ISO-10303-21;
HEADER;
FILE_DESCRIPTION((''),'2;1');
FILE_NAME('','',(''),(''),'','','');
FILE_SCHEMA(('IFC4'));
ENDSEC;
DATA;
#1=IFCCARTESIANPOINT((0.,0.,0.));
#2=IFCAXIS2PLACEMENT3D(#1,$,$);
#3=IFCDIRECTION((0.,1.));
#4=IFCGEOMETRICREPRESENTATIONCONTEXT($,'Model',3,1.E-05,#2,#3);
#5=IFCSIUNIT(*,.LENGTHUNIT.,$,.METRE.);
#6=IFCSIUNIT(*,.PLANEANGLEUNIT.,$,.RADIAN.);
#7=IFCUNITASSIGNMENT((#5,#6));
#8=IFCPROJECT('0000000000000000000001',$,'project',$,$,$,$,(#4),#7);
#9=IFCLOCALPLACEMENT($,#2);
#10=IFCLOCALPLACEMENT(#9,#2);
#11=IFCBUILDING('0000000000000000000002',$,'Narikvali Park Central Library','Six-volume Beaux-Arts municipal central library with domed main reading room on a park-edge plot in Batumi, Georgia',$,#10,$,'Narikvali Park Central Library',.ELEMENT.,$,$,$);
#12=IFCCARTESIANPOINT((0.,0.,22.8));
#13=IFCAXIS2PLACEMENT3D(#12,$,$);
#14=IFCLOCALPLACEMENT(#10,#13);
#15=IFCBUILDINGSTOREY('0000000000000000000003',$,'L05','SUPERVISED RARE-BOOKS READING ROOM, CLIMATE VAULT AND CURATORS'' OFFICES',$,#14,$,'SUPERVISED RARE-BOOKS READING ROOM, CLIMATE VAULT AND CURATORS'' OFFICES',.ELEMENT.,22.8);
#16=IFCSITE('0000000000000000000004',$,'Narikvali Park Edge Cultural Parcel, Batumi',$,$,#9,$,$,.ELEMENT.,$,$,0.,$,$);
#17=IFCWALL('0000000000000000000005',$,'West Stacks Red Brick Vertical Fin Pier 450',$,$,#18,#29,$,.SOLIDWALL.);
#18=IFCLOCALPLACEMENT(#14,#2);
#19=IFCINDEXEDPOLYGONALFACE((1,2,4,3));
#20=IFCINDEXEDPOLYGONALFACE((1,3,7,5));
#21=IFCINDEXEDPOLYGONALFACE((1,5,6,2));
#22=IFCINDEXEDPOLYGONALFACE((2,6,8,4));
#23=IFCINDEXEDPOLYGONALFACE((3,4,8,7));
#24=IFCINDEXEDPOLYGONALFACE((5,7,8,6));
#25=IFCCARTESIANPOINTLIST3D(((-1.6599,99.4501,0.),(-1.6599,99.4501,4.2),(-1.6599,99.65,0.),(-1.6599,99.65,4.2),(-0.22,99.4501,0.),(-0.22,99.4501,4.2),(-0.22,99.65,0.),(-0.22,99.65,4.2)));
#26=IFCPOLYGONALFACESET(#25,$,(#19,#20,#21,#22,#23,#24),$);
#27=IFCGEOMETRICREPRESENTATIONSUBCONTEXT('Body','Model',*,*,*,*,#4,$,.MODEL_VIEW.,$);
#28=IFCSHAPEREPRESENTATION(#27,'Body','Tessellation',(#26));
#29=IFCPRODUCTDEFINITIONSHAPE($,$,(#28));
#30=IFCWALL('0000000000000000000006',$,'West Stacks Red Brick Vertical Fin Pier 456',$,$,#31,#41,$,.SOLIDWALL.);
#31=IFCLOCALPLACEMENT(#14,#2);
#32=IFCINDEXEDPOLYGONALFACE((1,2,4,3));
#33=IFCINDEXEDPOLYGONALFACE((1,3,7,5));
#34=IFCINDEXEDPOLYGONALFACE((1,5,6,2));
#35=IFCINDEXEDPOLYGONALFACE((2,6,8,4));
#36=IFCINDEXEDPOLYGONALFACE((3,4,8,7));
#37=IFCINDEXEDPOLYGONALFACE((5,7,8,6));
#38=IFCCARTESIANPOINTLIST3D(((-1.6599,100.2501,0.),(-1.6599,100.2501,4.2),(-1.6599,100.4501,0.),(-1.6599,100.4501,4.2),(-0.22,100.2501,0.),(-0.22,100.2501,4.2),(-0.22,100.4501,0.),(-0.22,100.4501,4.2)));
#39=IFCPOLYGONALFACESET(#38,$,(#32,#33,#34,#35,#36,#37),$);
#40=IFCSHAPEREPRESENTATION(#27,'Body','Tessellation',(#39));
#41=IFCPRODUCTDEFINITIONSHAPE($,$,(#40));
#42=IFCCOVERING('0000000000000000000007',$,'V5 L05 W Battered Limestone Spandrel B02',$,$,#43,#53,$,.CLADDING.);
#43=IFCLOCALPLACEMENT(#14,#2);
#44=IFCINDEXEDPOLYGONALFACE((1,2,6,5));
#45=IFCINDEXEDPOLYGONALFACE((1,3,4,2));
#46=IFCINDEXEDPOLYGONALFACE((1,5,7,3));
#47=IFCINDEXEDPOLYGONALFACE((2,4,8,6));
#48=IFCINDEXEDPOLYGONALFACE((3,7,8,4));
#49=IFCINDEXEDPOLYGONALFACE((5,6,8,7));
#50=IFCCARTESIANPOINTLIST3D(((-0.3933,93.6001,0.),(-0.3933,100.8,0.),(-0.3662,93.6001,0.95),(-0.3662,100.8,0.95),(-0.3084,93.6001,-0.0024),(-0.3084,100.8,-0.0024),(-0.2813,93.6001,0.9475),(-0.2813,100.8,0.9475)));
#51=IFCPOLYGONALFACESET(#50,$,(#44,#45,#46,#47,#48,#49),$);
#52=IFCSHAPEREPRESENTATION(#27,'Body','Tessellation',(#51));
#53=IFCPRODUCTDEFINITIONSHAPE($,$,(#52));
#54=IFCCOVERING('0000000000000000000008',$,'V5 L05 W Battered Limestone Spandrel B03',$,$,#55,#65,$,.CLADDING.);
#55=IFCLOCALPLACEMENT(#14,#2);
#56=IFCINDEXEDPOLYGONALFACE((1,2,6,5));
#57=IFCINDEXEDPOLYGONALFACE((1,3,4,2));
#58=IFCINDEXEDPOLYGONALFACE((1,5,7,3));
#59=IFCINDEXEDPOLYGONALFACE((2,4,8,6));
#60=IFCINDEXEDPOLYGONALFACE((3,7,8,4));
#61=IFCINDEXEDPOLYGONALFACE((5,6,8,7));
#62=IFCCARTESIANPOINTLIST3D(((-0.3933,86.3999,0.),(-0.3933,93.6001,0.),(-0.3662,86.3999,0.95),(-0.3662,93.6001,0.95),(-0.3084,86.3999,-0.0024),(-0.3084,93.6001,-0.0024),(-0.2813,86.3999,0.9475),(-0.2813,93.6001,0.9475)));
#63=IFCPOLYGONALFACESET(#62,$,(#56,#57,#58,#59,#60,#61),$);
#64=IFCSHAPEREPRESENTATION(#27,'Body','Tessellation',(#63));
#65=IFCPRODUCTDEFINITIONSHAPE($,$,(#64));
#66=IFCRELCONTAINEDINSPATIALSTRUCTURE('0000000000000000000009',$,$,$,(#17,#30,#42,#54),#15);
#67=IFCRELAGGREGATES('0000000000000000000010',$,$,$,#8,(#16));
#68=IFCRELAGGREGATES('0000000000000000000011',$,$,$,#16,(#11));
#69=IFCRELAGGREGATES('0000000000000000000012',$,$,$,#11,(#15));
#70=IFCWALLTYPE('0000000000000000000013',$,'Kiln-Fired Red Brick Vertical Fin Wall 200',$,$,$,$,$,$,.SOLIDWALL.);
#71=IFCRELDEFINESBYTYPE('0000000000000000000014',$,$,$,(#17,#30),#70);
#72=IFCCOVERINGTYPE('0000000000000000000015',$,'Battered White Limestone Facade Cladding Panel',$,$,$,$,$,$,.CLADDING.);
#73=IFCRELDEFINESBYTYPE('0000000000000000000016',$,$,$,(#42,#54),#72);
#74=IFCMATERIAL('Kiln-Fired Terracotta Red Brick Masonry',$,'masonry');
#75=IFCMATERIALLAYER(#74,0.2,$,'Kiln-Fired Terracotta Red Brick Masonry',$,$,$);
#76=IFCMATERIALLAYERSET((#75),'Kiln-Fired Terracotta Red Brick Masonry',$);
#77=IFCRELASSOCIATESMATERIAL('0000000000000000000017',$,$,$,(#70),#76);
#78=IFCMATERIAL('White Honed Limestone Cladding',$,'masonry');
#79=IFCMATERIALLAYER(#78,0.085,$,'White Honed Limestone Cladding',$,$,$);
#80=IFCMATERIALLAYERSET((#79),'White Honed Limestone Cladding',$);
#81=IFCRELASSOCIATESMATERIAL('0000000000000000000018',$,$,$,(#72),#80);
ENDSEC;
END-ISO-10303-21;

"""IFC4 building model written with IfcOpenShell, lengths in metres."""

from ifc_helpers import new_model, si_unit, direction, frame, frame_2d, origin, place, context, subcontext, project, spatial, polyline, rectangle, outline, extrude, material, layer, layer_set, type_object, element, save


model = new_model("IFC4")

# Units and contexts
model_context = context("Model", 3, precision=1e-05, world=origin(), true_north=direction((0.0, 1.0)))
body_context = subcontext(model_context, "Body", "Model", "MODEL_VIEW")
ifc_project = project(units=[si_unit("LENGTHUNIT", "METRE"), si_unit("PLANEANGLEUNIT", "RADIAN")], contexts=[model_context])

# Site, building, storey
site_placement = place(None, origin())
site = spatial("IfcSite", under=ifc_project, at=site_placement, Name="Narikvali Park Edge Cultural Parcel, Batumi", CompositionType="ELEMENT", RefElevation=0.0)
building_placement = place(site_placement, origin())
building = spatial("IfcBuilding", under=site, at=building_placement, Name="Narikvali Park Central Library", Description="Six-volume Beaux-Arts municipal central library with domed main reading room on a park-edge plot in Batumi, Georgia", LongName="Narikvali Park Central Library", CompositionType="ELEMENT")
storey_placement = place(building_placement, frame((0.0, 0.0, 22.8)))
storey = spatial("IfcBuildingStorey", under=building, at=storey_placement, Name="L05", Description="SUPERVISED RARE-BOOKS READING ROOM, CLIMATE VAULT AND CURATORS' OFFICES", LongName="SUPERVISED RARE-BOOKS READING ROOM, CLIMATE VAULT AND CURATORS' OFFICES", CompositionType="ELEMENT", Elevation=22.8)

# Walls
ifc_material_1 = material(Name="Kiln-Fired Terracotta Red Brick Masonry", Category="masonry")
ifc_layer_1 = layer(ifc_material_1, 0.2, Name="Kiln-Fired Terracotta Red Brick Masonry")
ifc_layer_set_1 = layer_set([ifc_layer_1], Name="Kiln-Fired Terracotta Red Brick Masonry")
wall_type = type_object("IfcWallType", Name="Kiln-Fired Red Brick Vertical Fin Wall 200", PredefinedType="SOLIDWALL", material=ifc_layer_set_1)
for number, where, z_axis, x_axis, name in (
    (1, (-1.6599, 99.55, 0.0), (0.0, 0.0, 1.0), (1.0, 0.0, 0.0), "West Stacks Red Brick Vertical Fin Pier 450"),
    (2, (-1.6599, 100.3501, 0.0), (0.0, 0.0, 1.0), (1.0, 0.0, 0.0), "West Stacks Red Brick Vertical Fin Pier 456"),
):
    element("IfcWall", number, at=place(storey_placement, frame(where, z_axis=z_axis, x_axis=x_axis)), inside=storey, type_object=wall_type, Name=name, PredefinedType="SOLIDWALL", context=body_context, shape_type="SweptSolid", body=[
        extrude(rectangle(XDim=1.4399, YDim=0.2, at=frame_2d((0.72, 0.0))), origin(), (0.0, 0.0, 1.0), 4.2),
    ])

# Coverings
ifc_material_2 = material(Name="White Honed Limestone Cladding", Category="masonry")
ifc_layer_2 = layer(ifc_material_2, 0.085, Name="White Honed Limestone Cladding")
ifc_layer_set_2 = layer_set([ifc_layer_2], Name="White Honed Limestone Cladding")
covering_type = type_object("IfcCoveringType", Name="Battered White Limestone Facade Cladding Panel", PredefinedType="CLADDING", material=ifc_layer_set_2)
covering_1_placement = place(storey_placement, frame((-0.3933, 100.8, 0.0), z_axis=(-0.999593, 0.0, 0.028516), x_axis=(0.0, -1.0, 0.0)))
element("IfcCovering", 3, at=covering_1_placement, inside=storey, type_object=covering_type, Name="V5 L05 W Battered Limestone Spandrel B02", PredefinedType="CLADDING", context=body_context, shape_type="SweptSolid", body=[
    extrude(outline(polyline([(0.0, 0.0), (7.2, 0.0), (7.2, 0.9503), (0.0, 0.9503), (0.0, 0.0)])), origin(), (0.0, 0.0, -1.0), 0.085),
])
covering_2_placement = place(storey_placement, frame((-0.3933, 93.6001, 0.0), z_axis=(-0.999593, 0.0, 0.028516), x_axis=(0.0, -1.0, 0.0)))
element("IfcCovering", 4, at=covering_2_placement, inside=storey, type_object=covering_type, Name="V5 L05 W Battered Limestone Spandrel B03", PredefinedType="CLADDING", context=body_context, shape_type="SweptSolid", body=[
    extrude(outline(polyline([(0.0, 0.0), (7.2002, 0.0), (7.2002, 0.9503), (0.0, 0.9503), (0.0, 0.0)])), origin(), (0.0, 0.0, -1.0), 0.085),
])

save(model, "model.ifc")
